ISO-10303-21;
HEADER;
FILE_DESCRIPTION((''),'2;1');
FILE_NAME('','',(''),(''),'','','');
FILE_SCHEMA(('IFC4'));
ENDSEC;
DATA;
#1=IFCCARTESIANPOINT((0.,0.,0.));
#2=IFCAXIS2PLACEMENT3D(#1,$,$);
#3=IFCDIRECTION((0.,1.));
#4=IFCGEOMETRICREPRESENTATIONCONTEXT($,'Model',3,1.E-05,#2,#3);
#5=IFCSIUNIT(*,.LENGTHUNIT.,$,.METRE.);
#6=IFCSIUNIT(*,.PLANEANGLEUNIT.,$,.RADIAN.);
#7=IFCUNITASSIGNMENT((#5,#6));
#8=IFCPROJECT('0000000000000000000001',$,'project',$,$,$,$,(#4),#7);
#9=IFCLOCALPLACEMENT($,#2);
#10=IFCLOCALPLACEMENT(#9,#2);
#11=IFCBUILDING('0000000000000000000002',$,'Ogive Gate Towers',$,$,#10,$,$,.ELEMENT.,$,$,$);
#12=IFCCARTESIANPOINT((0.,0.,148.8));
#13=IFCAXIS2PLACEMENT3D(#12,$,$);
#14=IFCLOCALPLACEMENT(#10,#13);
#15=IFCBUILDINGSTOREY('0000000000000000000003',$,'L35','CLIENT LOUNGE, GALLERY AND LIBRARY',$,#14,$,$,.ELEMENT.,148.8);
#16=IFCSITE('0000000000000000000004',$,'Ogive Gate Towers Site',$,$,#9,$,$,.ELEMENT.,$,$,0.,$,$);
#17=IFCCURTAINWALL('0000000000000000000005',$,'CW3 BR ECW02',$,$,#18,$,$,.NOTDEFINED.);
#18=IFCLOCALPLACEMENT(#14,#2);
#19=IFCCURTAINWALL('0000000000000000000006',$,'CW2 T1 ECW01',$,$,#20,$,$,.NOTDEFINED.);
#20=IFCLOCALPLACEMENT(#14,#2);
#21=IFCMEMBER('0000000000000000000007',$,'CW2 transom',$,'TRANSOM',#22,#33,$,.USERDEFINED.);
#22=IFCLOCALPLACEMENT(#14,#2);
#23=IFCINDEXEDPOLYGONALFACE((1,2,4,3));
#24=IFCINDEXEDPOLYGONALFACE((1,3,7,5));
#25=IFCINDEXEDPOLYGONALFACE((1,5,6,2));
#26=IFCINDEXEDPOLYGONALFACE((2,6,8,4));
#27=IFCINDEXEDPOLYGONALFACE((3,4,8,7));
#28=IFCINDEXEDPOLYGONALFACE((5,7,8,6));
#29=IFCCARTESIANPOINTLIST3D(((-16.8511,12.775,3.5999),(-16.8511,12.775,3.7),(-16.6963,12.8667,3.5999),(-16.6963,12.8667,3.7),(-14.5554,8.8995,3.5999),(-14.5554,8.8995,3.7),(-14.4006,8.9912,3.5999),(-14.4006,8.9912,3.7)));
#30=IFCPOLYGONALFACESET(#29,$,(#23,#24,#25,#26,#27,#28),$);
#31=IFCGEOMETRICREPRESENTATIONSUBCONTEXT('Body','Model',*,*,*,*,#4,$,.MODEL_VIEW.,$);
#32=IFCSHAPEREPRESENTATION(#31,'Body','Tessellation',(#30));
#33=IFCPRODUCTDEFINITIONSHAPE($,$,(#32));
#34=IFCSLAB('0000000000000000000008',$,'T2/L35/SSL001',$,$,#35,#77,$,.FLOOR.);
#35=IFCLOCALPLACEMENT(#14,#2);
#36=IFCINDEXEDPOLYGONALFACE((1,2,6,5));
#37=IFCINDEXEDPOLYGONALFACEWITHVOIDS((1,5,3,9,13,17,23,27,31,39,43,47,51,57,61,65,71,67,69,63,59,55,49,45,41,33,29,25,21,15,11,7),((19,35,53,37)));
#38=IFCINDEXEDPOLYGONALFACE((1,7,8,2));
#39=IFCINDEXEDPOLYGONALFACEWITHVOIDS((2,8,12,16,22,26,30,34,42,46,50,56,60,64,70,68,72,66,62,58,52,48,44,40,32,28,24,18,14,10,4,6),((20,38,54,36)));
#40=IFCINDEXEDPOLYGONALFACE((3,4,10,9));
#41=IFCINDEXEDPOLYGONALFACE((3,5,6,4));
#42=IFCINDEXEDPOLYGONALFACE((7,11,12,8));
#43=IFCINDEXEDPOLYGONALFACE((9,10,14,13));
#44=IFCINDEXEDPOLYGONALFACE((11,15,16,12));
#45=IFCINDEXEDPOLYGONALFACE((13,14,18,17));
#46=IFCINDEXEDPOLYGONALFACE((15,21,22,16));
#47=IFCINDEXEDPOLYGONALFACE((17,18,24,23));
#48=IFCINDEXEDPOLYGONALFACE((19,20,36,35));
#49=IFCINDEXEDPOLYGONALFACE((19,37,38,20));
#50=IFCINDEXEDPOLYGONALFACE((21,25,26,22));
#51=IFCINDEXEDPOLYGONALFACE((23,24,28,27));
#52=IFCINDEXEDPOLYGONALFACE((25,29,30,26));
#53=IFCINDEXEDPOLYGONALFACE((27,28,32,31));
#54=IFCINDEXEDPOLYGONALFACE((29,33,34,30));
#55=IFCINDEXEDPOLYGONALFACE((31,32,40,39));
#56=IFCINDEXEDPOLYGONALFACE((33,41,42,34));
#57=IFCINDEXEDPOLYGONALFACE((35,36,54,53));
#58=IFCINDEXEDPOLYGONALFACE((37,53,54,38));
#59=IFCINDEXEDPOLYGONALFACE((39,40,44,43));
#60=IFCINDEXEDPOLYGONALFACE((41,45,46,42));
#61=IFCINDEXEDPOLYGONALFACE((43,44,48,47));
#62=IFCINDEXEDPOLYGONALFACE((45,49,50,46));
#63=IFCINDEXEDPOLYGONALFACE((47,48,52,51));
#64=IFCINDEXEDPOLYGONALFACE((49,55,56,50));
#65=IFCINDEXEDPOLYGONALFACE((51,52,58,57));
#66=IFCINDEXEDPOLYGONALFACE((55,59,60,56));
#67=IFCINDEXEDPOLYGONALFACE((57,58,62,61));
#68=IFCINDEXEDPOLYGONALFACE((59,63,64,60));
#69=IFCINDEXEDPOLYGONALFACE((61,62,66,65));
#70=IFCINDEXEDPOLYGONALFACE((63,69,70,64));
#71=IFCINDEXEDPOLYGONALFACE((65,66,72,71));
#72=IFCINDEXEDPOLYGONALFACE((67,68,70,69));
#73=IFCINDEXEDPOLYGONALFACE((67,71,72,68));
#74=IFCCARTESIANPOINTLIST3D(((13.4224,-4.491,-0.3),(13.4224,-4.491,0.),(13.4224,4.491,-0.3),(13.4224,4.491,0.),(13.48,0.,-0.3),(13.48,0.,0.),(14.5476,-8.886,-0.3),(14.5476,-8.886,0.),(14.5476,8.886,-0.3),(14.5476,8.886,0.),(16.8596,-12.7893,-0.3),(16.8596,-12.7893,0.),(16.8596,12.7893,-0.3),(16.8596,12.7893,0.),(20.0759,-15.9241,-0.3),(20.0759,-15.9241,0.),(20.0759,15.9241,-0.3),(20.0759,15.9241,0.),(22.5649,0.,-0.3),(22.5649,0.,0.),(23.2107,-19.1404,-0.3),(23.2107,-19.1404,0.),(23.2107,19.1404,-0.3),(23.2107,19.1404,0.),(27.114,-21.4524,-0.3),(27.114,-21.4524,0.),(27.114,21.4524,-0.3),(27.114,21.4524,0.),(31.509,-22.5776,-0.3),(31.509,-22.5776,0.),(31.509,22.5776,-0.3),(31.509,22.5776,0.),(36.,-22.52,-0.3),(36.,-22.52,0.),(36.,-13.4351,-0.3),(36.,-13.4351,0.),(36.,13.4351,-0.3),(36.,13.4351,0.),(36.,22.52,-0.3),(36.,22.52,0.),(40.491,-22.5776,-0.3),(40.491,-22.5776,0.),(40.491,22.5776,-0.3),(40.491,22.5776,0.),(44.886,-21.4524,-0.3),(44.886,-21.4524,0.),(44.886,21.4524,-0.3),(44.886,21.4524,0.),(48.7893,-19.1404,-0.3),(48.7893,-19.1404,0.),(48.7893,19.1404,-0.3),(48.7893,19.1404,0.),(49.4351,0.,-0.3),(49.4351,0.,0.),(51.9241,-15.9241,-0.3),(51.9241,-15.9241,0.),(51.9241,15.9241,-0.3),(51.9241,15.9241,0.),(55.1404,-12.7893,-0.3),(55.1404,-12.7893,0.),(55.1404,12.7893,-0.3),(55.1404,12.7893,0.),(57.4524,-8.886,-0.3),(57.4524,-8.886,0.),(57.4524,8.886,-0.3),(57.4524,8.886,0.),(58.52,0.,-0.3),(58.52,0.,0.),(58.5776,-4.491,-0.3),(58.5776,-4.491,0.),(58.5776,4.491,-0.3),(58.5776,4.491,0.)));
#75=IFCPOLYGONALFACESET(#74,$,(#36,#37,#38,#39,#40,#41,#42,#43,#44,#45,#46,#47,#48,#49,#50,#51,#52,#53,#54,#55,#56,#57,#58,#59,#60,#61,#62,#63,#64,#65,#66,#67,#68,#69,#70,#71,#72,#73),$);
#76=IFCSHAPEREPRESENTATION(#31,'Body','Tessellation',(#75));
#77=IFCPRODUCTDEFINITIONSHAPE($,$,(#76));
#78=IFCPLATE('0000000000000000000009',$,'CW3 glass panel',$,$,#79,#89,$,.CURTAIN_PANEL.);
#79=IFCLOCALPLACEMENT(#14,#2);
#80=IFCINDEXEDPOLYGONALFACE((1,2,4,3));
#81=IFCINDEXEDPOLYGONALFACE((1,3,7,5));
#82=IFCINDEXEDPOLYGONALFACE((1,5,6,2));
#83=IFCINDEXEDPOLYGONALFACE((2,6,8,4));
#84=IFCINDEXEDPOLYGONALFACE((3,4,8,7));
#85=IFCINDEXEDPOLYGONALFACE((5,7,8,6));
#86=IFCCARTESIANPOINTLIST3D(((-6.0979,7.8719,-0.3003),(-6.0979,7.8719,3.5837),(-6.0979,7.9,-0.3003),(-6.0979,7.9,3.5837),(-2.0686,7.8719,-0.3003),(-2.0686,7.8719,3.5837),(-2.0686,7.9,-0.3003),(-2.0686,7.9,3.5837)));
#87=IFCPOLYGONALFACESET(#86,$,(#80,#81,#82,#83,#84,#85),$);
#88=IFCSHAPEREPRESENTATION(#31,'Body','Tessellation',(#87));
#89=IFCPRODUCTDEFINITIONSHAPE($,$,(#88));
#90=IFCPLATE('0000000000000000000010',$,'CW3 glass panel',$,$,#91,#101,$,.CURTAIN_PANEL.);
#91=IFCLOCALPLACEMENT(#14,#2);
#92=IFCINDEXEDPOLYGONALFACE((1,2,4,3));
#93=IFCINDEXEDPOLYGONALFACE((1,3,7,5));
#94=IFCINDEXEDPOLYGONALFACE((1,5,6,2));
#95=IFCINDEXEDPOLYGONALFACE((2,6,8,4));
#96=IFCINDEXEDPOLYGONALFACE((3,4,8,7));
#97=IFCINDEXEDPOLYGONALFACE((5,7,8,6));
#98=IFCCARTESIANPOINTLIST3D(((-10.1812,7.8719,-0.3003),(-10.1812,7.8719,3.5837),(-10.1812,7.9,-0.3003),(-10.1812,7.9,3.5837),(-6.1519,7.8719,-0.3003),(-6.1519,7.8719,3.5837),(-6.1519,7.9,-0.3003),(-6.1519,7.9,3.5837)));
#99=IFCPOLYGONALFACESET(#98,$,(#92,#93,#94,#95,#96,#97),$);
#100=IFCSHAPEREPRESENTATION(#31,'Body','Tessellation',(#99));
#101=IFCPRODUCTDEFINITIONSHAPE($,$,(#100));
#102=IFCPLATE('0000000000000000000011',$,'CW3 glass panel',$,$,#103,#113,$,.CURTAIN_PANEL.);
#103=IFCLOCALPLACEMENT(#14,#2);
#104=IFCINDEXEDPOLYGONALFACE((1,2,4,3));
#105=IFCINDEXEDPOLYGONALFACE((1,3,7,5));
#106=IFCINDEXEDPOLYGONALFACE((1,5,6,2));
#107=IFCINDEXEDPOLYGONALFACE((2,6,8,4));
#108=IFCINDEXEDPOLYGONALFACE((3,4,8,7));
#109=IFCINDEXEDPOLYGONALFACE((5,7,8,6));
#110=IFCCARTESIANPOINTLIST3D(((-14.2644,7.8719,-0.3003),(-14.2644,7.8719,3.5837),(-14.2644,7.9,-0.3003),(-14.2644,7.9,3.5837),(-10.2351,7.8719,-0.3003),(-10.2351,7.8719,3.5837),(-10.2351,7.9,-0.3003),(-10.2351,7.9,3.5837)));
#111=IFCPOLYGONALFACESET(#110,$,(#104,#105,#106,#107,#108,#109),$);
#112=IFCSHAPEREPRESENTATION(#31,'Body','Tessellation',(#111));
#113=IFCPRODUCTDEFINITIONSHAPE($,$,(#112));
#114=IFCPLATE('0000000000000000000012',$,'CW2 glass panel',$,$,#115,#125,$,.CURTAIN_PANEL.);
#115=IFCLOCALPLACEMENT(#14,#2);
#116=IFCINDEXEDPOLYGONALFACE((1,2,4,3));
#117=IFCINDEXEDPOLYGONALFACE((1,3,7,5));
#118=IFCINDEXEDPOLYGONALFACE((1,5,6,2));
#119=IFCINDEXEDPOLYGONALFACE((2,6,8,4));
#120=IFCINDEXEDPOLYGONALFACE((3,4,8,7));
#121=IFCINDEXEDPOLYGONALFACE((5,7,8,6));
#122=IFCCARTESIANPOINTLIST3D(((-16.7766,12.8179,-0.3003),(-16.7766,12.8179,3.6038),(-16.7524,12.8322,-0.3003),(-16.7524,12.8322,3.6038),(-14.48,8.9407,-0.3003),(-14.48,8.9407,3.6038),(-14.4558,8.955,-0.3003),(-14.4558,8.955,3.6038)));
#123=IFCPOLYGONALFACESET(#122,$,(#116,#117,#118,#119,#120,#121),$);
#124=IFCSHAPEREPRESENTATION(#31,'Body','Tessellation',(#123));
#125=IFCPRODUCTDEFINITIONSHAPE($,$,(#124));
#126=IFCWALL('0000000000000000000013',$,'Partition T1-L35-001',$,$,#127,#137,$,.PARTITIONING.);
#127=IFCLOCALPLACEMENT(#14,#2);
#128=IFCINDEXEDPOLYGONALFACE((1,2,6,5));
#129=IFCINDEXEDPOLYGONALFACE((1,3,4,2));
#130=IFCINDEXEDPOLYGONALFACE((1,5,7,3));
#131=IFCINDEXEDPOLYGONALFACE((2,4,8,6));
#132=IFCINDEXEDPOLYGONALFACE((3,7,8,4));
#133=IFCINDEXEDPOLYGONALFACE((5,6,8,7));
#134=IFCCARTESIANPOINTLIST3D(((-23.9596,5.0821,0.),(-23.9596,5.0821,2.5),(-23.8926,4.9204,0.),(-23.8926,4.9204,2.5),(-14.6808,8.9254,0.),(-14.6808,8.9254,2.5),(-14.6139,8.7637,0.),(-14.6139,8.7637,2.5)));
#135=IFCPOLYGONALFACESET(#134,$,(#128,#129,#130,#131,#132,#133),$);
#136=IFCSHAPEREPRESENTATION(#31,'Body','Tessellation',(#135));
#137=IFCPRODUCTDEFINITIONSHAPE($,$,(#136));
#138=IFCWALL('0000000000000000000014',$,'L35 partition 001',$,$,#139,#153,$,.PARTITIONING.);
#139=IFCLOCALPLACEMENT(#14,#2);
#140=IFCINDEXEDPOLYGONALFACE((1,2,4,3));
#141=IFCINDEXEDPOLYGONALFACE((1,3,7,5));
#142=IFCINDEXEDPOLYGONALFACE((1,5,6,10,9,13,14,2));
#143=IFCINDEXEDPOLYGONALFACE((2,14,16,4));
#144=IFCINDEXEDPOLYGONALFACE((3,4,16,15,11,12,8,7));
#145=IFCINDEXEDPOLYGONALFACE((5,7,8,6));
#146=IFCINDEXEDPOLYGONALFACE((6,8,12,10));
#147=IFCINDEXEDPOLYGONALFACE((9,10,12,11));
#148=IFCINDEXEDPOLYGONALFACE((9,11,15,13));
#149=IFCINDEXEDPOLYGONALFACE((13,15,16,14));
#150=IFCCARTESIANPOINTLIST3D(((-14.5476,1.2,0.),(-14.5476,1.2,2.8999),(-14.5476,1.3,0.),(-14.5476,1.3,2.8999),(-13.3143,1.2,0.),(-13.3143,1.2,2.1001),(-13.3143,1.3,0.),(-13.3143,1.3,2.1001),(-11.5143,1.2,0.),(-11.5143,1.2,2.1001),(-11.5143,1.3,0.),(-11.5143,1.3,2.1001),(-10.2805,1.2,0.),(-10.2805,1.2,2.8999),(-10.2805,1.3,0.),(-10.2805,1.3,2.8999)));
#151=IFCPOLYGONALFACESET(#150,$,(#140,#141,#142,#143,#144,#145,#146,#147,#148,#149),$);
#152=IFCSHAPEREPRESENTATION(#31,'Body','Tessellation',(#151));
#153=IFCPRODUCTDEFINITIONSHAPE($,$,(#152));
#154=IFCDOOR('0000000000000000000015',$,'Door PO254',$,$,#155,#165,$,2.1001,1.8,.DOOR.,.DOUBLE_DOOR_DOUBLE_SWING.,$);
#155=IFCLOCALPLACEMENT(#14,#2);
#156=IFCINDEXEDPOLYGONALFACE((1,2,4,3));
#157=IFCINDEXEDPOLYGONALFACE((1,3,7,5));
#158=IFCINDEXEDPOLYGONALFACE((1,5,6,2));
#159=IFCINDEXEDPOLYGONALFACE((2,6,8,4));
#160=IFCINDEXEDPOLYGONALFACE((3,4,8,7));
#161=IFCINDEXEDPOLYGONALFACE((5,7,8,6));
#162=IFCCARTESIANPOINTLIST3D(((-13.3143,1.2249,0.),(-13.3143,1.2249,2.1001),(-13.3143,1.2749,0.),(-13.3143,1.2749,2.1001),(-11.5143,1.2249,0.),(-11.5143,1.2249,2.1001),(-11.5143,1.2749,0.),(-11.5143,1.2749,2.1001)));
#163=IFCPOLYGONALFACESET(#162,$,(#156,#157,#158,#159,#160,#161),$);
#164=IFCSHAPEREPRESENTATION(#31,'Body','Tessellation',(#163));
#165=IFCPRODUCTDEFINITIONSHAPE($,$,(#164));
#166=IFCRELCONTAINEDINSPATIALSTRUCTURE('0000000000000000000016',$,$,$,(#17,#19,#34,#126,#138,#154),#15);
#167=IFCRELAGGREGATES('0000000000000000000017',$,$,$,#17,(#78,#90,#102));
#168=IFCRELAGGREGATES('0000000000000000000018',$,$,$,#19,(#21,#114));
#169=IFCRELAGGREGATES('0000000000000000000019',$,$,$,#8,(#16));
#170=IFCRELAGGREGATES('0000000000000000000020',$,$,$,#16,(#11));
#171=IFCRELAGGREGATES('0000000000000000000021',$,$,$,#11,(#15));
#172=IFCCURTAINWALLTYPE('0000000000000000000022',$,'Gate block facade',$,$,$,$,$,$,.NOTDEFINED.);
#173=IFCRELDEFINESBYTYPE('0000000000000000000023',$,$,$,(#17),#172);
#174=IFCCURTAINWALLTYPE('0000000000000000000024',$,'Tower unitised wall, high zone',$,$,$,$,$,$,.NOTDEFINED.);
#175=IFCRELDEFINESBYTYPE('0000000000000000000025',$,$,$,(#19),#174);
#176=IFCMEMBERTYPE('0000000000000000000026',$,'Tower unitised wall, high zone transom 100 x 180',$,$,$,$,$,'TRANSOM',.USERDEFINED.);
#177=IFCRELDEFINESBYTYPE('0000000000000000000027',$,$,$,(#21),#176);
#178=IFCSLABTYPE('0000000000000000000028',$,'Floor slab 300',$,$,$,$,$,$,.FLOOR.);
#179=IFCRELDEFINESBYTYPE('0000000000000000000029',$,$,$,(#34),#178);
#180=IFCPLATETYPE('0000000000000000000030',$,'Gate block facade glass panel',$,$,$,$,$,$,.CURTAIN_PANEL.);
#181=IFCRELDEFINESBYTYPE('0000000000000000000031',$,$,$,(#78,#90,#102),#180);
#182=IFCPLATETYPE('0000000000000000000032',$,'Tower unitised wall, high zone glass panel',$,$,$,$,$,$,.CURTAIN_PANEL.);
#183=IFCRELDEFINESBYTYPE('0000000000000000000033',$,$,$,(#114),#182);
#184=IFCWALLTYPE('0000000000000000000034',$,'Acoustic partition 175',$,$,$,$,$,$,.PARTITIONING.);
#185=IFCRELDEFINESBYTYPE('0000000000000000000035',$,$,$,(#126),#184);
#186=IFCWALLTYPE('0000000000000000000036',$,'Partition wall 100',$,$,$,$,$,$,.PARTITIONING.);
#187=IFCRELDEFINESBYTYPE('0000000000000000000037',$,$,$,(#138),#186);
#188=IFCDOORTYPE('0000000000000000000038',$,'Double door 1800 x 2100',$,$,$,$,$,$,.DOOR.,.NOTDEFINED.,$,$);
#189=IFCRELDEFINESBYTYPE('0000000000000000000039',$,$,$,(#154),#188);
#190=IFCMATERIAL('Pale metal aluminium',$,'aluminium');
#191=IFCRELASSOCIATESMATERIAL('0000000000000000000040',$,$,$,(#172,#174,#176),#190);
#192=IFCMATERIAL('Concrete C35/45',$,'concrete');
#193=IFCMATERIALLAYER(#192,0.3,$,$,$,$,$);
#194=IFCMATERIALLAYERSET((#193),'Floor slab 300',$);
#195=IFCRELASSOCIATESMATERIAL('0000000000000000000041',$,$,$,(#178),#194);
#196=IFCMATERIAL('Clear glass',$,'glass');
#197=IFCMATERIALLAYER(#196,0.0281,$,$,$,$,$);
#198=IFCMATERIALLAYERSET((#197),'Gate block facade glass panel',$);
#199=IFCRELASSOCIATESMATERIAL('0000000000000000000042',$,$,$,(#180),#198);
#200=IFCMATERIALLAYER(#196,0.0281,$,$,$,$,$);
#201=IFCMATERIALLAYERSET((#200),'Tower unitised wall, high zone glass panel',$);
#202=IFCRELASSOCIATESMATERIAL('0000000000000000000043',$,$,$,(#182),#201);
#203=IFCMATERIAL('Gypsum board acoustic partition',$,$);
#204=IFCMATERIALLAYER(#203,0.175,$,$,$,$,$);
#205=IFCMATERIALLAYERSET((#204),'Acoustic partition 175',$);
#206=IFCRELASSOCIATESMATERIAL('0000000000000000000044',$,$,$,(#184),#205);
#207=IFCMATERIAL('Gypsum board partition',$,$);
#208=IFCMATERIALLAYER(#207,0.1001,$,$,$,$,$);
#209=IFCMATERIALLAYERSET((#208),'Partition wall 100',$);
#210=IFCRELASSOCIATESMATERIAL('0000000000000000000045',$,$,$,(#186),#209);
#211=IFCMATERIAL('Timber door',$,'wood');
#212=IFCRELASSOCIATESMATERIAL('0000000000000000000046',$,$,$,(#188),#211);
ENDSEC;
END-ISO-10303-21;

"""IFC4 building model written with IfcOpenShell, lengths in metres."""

from ifc_helpers import new_model, si_unit, direction, frame, frame_2d, origin, origin_2d, place, context, subcontext, project, spatial, polyline, rectangle, outline, extrude, material, layer, layer_set, material_profile, profile_set, type_object, element, fill, aggregate, save


model = new_model("IFC4")

# Units and contexts
model_context = context("Model", 3, precision=1e-05, world=origin(), true_north=direction((0.0, 1.0)))
body_context = subcontext(model_context, "Body", "Model", "MODEL_VIEW")
ifc_project = project(units=[si_unit("LENGTHUNIT", "METRE"), si_unit("PLANEANGLEUNIT", "RADIAN")], contexts=[model_context])

# Site, building, storey
site_placement = place(None, origin())
site = spatial("IfcSite", under=ifc_project, at=site_placement, Name="Ogive Gate Towers Site", CompositionType="ELEMENT", RefElevation=0.0)
building_placement = place(site_placement, origin())
building = spatial("IfcBuilding", under=site, at=building_placement, Name="Ogive Gate Towers", CompositionType="ELEMENT")
storey_placement = place(building_placement, frame((0.0, 0.0, 148.8)))
storey = spatial("IfcBuildingStorey", under=building, at=storey_placement, Name="L35", Description="CLIENT LOUNGE, GALLERY AND LIBRARY", CompositionType="ELEMENT", Elevation=148.8)

# Curtain walls, member
ifc_material_1 = material(Name="Pale metal aluminium", Category="aluminium")
curtain_wall_type_1 = type_object("IfcCurtainWallType", Name="Gate block facade", PredefinedType="NOTDEFINED", material=ifc_material_1)
curtain_wall_1_placement = place(storey_placement, origin())
curtain_wall_1 = element("IfcCurtainWall", 1, at=curtain_wall_1_placement, inside=storey, type_object=curtain_wall_type_1, Name="CW3 BR ECW02", PredefinedType="NOTDEFINED")
curtain_wall_type_2 = type_object("IfcCurtainWallType", Name="Tower unitised wall, high zone", PredefinedType="NOTDEFINED", material=ifc_material_1)
curtain_wall_2_placement = place(storey_placement, origin())
curtain_wall_2 = element("IfcCurtainWall", 2, at=curtain_wall_2_placement, inside=storey, type_object=curtain_wall_type_2, Name="CW2 T1 ECW01", PredefinedType="NOTDEFINED")
ifc_material_profile_1 = material_profile(ifc_material_1, rectangle(XDim=0.1799, YDim=0.1001, at=origin_2d()), Name="100 x 180 aluminium box")
ifc_profile_set_1 = profile_set([ifc_material_profile_1], Name="Pale metal aluminium")
member_type_1 = type_object("IfcMemberType", Name="Tower unitised wall, high zone transom 100 x 180", ElementType="TRANSOM", PredefinedType="USERDEFINED", material=ifc_profile_set_1)
member_1_placement = place(storey_placement, frame((-14.478, 8.9453, 3.6499), z_axis=(-0.509649, 0.860382, 0.0), x_axis=(-0.860382, -0.509649, 0.0)))
member_1 = element("IfcMember", 3, at=member_1_placement, type_object=member_type_1, Name="CW2 transom", ObjectType="TRANSOM", PredefinedType="USERDEFINED", context=body_context, shape_type="SweptSolid", body=[
    extrude(rectangle(XDim=0.1799, YDim=0.1001, at=origin_2d()), origin(), (0.0, 0.0, 1.0), 4.5044),
])

# Slab
ifc_material_2 = material(Name="Concrete C35/45", Category="concrete")
ifc_layer_1 = layer(ifc_material_2, 0.3)
ifc_layer_set_1 = layer_set([ifc_layer_1], Name="Floor slab 300")
slab_type = type_object("IfcSlabType", Name="Floor slab 300", PredefinedType="FLOOR", material=ifc_layer_set_1)
slab_placement = place(storey_placement, frame((0.0, 0.0, -0.3)))
element("IfcSlab", 4, at=slab_placement, inside=storey, type_object=slab_type, Name="T2/L35/SSL001", PredefinedType="FLOOR", context=body_context, shape_type="SweptSolid", body=[
    extrude(outline(polyline([(58.5776, -4.491), (58.52, 0.0), (58.5776, 4.491), (57.4524, 8.886), (55.1404, 12.7893), (51.9241, 15.9241), (48.7893, 19.1404), (44.886, 21.4524), (40.491, 22.5776), (36.0, 22.52), (31.509, 22.5776), (27.114, 21.4524), (23.2107, 19.1404), (20.0759, 15.9241), (16.8596, 12.7893), (14.5476, 8.886), (13.4224, 4.491), (13.48, 0.0), (13.4224, -4.491), (14.5476, -8.886), (16.8596, -12.7893), (20.0759, -15.9241), (23.2107, -19.1404), (27.114, -21.4524), (31.509, -22.5776), (36.0, -22.52), (40.491, -22.5776), (44.886, -21.4524), (48.7893, -19.1404), (51.9241, -15.9241), (55.1404, -12.7893), (57.4524, -8.886), (58.5776, -4.491)]), holes=[polyline([(49.4351, 0.0), (36.0, -13.4351), (22.5649, 0.0), (36.0, 13.4351), (49.4351, 0.0)])]), origin(), (0.0, 0.0, 1.0), 0.3),
])

# Plates
ifc_material_3 = material(Name="Clear glass", Category="glass")
ifc_layer_2 = layer(ifc_material_3, 0.0281)
ifc_layer_set_2 = layer_set([ifc_layer_2], Name="Gate block facade glass panel")
plate_type_1 = type_object("IfcPlateType", Name="Gate block facade glass panel", PredefinedType="CURTAIN_PANEL", material=ifc_layer_set_2)
plate_1_placement = place(storey_placement, frame((-4.0833, 7.886, -0.3003), z_axis=(0.0, 0.0, 1.0), x_axis=(-1.0, 0.0, 0.0)))
plate_1 = element("IfcPlate", 5, at=plate_1_placement, type_object=plate_type_1, Name="CW3 glass panel", PredefinedType="CURTAIN_PANEL", context=body_context, shape_type="SweptSolid", body=[
    extrude(rectangle(XDim=4.0293, YDim=0.0281, at=origin_2d()), origin(), (0.0, 0.0, 1.0), 3.884),
])
plate_2_placement = place(storey_placement, frame((-8.1665, 7.886, -0.3003), z_axis=(0.0, 0.0, 1.0), x_axis=(-1.0, 0.0, 0.0)))
plate_2 = element("IfcPlate", 6, at=plate_2_placement, type_object=plate_type_1, Name="CW3 glass panel", PredefinedType="CURTAIN_PANEL", context=body_context, shape_type="SweptSolid", body=[
    extrude(rectangle(XDim=4.0293, YDim=0.0281, at=origin_2d()), origin(), (0.0, 0.0, 1.0), 3.884),
])
plate_3_placement = place(storey_placement, frame((-12.2498, 7.886, -0.3003), z_axis=(0.0, 0.0, 1.0), x_axis=(-1.0, 0.0, 0.0)))
plate_3 = element("IfcPlate", 7, at=plate_3_placement, type_object=plate_type_1, Name="CW3 glass panel", PredefinedType="CURTAIN_PANEL", context=body_context, shape_type="SweptSolid", body=[
    extrude(rectangle(XDim=4.0293, YDim=0.0281, at=origin_2d()), origin(), (0.0, 0.0, 1.0), 3.884),
])
aggregate(curtain_wall_1, [plate_1, plate_2, plate_3])
ifc_layer_3 = layer(ifc_material_3, 0.0281)
ifc_layer_set_3 = layer_set([ifc_layer_3], Name="Tower unitised wall, high zone glass panel")
plate_type_2 = type_object("IfcPlateType", Name="Tower unitised wall, high zone glass panel", PredefinedType="CURTAIN_PANEL", material=ifc_layer_set_3)
plate_4_placement = place(storey_placement, frame((-15.6162, 10.8865, -0.3003), z_axis=(0.0, 0.0, 1.0), x_axis=(-0.509642, 0.860386, 0.0)))
plate_4 = element("IfcPlate", 8, at=plate_4_placement, type_object=plate_type_2, Name="CW2 glass panel", PredefinedType="CURTAIN_PANEL", context=body_context, shape_type="SweptSolid", body=[
    extrude(rectangle(XDim=4.5063, YDim=0.0281, at=origin_2d()), origin(), (0.0, 0.0, 1.0), 3.9041),
])
aggregate(curtain_wall_2, [member_1, plate_4])

# Wall
ifc_material_4 = material(Name="Gypsum board acoustic partition")
ifc_layer_4 = layer(ifc_material_4, 0.175)
ifc_layer_set_4 = layer_set([ifc_layer_4], Name="Acoustic partition 175")
wall_type_1 = type_object("IfcWallType", Name="Acoustic partition 175", PredefinedType="PARTITIONING", material=ifc_layer_set_4)
wall_1_placement = place(storey_placement, frame((-14.6475, 8.8445, 0.0), z_axis=(0.0, 0.0, 1.0), x_axis=(-0.923885, -0.382671, 0.0)))
element("IfcWall", 9, at=wall_1_placement, inside=storey, type_object=wall_type_1, Name="Partition T1-L35-001", PredefinedType="PARTITIONING", context=body_context, shape_type="SweptSolid", body=[
    extrude(rectangle(XDim=10.0432, YDim=0.175, at=frame_2d((5.0215, 0.0))), origin(), (0.0, 0.0, 1.0), 2.5),
])

# Wall, opening, door
ifc_material_5 = material(Name="Gypsum board partition")
ifc_layer_5 = layer(ifc_material_5, 0.1001)
ifc_layer_set_5 = layer_set([ifc_layer_5], Name="Partition wall 100")
wall_type_2 = type_object("IfcWallType", Name="Partition wall 100", PredefinedType="PARTITIONING", material=ifc_layer_set_5)
wall_2_placement = place(storey_placement, frame((-14.5476, 1.25, 0.0), z_axis=(0.0, 0.0, 1.0), x_axis=(1.0, 0.0, 0.0)))
wall_2 = element("IfcWall", 10, at=wall_2_placement, inside=storey, type_object=wall_type_2, Name="L35 partition 001", PredefinedType="PARTITIONING", context=body_context, shape_type="SweptSolid", body=[
    extrude(rectangle(XDim=4.2671, YDim=0.1001, at=frame_2d((2.1335, 0.0))), origin(), (0.0, 0.0, 1.0), 2.8999),
])
opening_1_placement = place(wall_2_placement, frame((1.2334, 0.0, 0.0)))
opening_1 = element("IfcOpeningElement", 11, at=opening_1_placement, cuts=wall_2, PredefinedType="OPENING", context=body_context, shape_type="SweptSolid", body=[
    extrude(rectangle(XDim=1.8, YDim=2.1001, at=frame_2d((0.8999, 1.05))), frame((0.0, 0.0601, 0.0), z_axis=(0.0, -1.0, 0.0), x_axis=(1.0, 0.0, 0.0)), (0.0, 0.0, 1.0), 0.1201),
])
ifc_material_6 = material(Name="Timber door", Category="wood")
door_type_1 = type_object("IfcDoorType", Name="Double door 1800 x 2100", OperationType="NOTDEFINED", PredefinedType="DOOR", material=ifc_material_6)
door_1_placement = place(opening_1_placement, origin())
door_1 = element("IfcDoor", 12, at=door_1_placement, inside=storey, type_object=door_type_1, Name="Door PO254", OperationType="DOUBLE_DOOR_DOUBLE_SWING", OverallHeight=2.1001, OverallWidth=1.8, PredefinedType="DOOR", context=body_context, shape_type="SweptSolid", body=[
    extrude(rectangle(XDim=1.8, YDim=2.1001, at=frame_2d((0.8999, 1.05))), frame((0.0, 0.0249, 0.0), z_axis=(0.0, -1.0, 0.0), x_axis=(1.0, 0.0, 0.0)), (0.0, 0.0, 1.0), 0.05),
])
fill(opening_1, door_1)

save(model, "model.ifc")
